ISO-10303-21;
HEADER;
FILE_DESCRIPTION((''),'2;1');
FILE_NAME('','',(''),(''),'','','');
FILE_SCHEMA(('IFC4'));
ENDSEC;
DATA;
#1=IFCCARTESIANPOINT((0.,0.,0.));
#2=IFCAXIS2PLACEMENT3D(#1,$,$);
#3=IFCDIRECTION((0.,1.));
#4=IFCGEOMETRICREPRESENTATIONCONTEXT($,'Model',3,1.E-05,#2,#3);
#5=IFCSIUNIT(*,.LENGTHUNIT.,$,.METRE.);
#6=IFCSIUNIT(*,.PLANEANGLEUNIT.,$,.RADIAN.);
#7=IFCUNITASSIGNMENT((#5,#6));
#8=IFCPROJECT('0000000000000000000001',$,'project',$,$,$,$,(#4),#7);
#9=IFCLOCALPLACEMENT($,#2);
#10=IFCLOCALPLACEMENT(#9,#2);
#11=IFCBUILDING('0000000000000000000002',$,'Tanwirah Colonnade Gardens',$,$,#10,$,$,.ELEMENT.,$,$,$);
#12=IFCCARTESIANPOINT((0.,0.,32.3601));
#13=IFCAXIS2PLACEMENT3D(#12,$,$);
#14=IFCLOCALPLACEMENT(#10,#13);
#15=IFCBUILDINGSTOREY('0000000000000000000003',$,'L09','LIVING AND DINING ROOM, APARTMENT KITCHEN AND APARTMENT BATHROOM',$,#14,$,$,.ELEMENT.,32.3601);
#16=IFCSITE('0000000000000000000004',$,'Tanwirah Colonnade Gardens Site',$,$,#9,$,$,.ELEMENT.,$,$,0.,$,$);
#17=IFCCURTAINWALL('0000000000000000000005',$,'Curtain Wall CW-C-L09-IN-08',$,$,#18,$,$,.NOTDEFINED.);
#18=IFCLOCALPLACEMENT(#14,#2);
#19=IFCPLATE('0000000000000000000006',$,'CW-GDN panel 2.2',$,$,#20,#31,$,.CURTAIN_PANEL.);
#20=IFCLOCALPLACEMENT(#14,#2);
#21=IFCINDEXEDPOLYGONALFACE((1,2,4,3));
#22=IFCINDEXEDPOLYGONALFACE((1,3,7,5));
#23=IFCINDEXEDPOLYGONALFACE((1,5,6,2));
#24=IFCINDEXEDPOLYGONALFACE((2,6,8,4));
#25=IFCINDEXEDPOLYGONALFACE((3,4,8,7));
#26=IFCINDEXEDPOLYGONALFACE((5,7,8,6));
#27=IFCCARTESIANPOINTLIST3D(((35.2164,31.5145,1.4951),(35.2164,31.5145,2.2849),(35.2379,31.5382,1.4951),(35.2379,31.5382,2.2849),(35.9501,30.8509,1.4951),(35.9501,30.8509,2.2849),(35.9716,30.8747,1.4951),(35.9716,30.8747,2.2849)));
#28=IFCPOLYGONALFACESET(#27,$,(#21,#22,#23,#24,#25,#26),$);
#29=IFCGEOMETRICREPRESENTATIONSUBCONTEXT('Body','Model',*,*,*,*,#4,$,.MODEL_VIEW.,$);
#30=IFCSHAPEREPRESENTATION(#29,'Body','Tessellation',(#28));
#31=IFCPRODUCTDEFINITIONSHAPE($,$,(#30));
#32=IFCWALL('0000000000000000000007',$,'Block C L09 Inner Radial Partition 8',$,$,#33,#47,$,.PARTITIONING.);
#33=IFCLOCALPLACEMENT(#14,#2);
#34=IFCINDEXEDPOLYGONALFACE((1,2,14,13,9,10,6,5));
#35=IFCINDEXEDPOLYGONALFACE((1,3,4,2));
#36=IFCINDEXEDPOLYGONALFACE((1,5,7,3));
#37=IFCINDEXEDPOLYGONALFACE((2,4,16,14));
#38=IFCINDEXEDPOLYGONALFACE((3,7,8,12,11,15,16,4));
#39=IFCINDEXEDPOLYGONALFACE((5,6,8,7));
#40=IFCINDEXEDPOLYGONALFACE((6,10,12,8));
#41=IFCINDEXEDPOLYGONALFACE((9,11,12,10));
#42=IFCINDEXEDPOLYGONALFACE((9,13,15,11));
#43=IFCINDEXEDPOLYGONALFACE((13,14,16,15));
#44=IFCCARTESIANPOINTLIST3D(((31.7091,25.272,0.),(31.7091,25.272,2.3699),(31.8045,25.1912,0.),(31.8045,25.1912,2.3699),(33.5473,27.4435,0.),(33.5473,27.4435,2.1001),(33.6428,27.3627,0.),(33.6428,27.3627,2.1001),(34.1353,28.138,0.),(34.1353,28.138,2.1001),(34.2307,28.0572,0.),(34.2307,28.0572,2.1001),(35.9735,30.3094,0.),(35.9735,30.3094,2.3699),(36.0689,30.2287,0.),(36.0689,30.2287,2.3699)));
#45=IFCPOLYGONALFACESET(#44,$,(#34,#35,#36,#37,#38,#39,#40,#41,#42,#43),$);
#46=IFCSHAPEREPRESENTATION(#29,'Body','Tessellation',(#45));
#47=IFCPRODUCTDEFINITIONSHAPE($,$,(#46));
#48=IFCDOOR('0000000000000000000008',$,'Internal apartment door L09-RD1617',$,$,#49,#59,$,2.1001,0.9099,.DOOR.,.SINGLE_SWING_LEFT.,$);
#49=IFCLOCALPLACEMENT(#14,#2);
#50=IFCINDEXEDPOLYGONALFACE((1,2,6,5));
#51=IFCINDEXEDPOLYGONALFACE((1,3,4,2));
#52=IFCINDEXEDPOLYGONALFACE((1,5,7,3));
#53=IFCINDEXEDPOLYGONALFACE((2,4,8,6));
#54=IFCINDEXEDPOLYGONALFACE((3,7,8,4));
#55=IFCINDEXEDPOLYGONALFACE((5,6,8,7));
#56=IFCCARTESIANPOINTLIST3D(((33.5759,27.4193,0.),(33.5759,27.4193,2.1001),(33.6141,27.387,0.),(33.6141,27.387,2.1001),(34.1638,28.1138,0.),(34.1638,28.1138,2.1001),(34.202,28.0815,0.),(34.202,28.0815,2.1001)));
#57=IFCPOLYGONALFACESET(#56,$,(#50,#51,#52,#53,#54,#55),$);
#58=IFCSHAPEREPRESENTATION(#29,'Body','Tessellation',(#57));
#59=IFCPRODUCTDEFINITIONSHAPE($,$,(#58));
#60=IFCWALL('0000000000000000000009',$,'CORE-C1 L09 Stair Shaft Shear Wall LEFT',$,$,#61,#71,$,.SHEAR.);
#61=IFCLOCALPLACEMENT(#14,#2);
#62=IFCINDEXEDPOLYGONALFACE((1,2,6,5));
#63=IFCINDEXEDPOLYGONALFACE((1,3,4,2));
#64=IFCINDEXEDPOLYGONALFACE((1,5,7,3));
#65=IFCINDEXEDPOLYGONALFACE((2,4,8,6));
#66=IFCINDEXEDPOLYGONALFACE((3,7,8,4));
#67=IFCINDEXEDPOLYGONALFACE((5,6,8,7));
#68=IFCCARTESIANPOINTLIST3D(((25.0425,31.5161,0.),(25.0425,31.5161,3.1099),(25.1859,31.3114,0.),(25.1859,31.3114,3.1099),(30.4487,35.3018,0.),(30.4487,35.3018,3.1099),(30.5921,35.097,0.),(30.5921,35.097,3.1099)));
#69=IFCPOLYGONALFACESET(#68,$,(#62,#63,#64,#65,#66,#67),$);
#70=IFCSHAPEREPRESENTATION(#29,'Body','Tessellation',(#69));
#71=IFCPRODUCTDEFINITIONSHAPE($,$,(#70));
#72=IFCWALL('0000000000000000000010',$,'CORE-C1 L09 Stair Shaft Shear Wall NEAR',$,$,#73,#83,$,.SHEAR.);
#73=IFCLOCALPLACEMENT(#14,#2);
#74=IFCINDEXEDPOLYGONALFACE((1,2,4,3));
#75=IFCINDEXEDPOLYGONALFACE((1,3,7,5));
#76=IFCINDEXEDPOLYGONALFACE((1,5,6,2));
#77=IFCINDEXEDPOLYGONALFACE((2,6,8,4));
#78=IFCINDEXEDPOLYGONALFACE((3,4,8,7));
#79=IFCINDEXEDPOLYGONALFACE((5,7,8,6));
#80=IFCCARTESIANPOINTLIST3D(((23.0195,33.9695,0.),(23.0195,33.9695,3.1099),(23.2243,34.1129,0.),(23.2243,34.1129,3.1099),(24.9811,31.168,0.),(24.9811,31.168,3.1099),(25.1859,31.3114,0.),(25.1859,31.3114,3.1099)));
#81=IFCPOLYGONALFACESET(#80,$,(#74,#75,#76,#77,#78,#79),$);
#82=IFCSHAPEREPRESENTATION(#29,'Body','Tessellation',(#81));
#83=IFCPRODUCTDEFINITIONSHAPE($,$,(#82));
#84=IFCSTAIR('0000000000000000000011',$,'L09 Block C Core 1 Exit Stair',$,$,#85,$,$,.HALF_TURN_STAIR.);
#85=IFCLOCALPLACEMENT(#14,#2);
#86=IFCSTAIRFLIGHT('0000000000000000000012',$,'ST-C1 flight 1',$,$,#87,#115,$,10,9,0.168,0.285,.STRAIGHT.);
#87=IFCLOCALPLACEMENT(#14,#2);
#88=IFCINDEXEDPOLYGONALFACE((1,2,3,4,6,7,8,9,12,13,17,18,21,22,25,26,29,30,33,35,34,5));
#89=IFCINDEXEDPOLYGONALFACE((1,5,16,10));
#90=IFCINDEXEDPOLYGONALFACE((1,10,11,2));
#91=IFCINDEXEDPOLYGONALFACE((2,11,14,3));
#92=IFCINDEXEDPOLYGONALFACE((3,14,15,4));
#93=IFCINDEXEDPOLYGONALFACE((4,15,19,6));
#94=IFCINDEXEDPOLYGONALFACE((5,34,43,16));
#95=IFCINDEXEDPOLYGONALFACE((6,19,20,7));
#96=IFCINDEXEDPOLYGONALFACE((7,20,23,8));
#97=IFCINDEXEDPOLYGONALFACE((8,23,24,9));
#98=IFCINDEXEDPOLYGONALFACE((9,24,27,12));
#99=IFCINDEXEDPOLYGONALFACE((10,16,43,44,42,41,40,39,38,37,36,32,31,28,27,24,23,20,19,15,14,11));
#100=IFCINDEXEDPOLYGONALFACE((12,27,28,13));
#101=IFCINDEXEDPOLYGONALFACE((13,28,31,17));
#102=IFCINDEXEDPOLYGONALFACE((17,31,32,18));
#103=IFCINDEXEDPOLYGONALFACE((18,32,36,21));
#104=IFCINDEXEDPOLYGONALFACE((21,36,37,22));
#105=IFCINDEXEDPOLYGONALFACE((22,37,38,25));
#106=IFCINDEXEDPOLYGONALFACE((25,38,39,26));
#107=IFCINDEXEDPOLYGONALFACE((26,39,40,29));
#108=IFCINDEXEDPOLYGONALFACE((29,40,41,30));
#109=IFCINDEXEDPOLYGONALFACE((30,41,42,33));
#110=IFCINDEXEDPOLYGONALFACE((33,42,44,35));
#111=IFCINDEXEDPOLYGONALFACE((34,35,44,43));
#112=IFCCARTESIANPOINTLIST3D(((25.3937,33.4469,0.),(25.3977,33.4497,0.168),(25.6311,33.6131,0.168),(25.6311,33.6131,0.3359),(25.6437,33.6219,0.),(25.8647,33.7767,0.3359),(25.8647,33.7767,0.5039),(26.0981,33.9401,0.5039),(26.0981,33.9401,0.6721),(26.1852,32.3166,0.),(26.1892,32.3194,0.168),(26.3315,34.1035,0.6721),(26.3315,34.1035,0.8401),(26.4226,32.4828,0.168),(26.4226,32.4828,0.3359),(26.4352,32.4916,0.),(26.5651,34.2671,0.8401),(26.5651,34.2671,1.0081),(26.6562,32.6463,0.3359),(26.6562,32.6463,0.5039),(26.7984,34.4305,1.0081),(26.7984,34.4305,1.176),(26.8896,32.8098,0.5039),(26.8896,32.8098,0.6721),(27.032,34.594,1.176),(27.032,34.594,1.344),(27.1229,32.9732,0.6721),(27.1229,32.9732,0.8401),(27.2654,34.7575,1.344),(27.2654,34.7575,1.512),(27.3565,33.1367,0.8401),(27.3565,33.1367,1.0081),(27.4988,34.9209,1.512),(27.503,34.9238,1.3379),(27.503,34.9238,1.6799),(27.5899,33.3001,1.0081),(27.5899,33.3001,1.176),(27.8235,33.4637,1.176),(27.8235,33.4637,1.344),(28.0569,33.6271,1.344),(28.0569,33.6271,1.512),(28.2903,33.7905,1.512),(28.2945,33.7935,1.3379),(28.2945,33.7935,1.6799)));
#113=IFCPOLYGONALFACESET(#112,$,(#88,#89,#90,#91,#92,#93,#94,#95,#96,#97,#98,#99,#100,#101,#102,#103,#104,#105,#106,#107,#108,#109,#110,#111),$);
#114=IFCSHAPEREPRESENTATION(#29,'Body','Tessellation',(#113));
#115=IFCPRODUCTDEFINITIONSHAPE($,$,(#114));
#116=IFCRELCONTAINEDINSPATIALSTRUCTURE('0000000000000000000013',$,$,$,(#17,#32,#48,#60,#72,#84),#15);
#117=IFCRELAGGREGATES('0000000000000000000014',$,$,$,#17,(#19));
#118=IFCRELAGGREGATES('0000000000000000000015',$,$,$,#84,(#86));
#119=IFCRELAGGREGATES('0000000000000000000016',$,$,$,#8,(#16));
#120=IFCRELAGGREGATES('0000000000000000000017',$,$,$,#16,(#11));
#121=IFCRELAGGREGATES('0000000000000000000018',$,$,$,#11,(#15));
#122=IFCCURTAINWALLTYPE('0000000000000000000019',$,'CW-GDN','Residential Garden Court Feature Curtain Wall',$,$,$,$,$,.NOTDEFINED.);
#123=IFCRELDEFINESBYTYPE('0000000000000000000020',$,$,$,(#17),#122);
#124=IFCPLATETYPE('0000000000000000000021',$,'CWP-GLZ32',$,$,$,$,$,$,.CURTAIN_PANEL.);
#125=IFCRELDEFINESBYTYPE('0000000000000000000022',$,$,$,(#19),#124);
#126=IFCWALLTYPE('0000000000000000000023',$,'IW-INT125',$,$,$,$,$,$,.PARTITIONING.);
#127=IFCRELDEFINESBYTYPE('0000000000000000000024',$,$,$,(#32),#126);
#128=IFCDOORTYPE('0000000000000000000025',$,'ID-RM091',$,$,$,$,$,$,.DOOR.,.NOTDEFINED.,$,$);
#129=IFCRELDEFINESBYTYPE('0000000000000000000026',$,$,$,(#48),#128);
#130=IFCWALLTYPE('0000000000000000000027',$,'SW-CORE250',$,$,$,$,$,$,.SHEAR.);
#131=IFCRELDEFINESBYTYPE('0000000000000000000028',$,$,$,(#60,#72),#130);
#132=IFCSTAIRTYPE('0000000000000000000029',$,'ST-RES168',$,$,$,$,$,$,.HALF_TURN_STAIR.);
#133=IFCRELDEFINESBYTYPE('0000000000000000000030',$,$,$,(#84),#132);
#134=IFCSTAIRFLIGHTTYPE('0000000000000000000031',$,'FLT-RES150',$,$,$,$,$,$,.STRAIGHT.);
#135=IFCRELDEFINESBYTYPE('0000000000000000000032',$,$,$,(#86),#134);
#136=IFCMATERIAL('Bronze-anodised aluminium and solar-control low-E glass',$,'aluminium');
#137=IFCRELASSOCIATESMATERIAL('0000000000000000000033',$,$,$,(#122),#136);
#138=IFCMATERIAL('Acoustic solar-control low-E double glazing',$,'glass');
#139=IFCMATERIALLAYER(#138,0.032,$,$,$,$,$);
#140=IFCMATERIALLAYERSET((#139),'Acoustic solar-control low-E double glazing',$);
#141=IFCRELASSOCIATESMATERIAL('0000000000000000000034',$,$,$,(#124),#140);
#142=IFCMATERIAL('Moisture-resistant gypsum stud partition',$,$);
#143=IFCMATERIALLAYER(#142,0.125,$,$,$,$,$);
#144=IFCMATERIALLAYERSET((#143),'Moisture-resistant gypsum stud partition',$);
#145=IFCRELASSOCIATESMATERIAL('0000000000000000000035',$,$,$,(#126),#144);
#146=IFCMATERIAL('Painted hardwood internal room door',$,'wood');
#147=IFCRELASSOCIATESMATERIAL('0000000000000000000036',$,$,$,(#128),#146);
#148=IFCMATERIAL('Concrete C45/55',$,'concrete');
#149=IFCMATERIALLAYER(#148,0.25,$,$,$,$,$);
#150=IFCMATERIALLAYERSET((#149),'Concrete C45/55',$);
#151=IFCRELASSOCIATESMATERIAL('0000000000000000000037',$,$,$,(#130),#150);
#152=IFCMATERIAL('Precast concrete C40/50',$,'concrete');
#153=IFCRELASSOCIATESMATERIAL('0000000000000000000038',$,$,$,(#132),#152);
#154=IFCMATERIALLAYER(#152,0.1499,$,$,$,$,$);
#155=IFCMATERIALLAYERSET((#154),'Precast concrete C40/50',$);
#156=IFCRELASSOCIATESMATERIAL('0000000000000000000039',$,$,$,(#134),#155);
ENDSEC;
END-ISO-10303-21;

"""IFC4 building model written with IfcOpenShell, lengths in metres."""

from ifc_helpers import new_model, si_unit, direction, frame, frame_2d, origin, origin_2d, place, context, subcontext, project, spatial, polyline, rectangle, outline, extrude, material, layer, layer_set, type_object, element, fill, aggregate, save


model = new_model("IFC4")

# Units and contexts
model_context = context("Model", 3, precision=1e-05, world=origin(), true_north=direction((0.0, 1.0)))
body_context = subcontext(model_context, "Body", "Model", "MODEL_VIEW")
ifc_project = project(units=[si_unit("LENGTHUNIT", "METRE"), si_unit("PLANEANGLEUNIT", "RADIAN")], contexts=[model_context])

# Site, building, storey
site_placement = place(None, origin())
site = spatial("IfcSite", under=ifc_project, at=site_placement, Name="Tanwirah Colonnade Gardens Site", CompositionType="ELEMENT", RefElevation=0.0)
building_placement = place(site_placement, origin())
building = spatial("IfcBuilding", under=site, at=building_placement, Name="Tanwirah Colonnade Gardens", CompositionType="ELEMENT")
storey_placement = place(building_placement, frame((0.0, 0.0, 32.3601)))
storey = spatial("IfcBuildingStorey", under=building, at=storey_placement, Name="L09", Description="LIVING AND DINING ROOM, APARTMENT KITCHEN AND APARTMENT BATHROOM", CompositionType="ELEMENT", Elevation=32.3601)

# Shared definitions
ifc_material_1 = material(Name="Precast concrete C40/50", Category="concrete")

# Curtain wall
ifc_material_2 = material(Name="Bronze-anodised aluminium and solar-control low-E glass", Category="aluminium")
curtain_wall_type = type_object("IfcCurtainWallType", Name="CW-GDN", Description="Residential Garden Court Feature Curtain Wall", PredefinedType="NOTDEFINED", material=ifc_material_2)
curtain_wall_placement = place(storey_placement, origin())
curtain_wall = element("IfcCurtainWall", 1, at=curtain_wall_placement, inside=storey, type_object=curtain_wall_type, Name="Curtain Wall CW-C-L09-IN-08", PredefinedType="NOTDEFINED")

# Plate
ifc_material_3 = material(Name="Acoustic solar-control low-E double glazing", Category="glass")
ifc_layer_1 = layer(ifc_material_3, 0.032)
ifc_layer_set_1 = layer_set([ifc_layer_1], Name="Acoustic solar-control low-E double glazing")
plate_type = type_object("IfcPlateType", Name="CWP-GLZ32", PredefinedType="CURTAIN_PANEL", material=ifc_layer_set_1)
plate_1_placement = place(storey_placement, frame((35.594, 31.1946, 1.4951), z_axis=(0.0, 0.0, 1.0), x_axis=(0.741683, -0.670751, 0.0)))
plate_1 = element("IfcPlate", 2, at=plate_1_placement, type_object=plate_type, Name="CW-GDN panel 2.2", PredefinedType="CURTAIN_PANEL", context=body_context, shape_type="SweptSolid", body=[
    extrude(rectangle(XDim=0.9893, YDim=0.032, at=origin_2d()), origin(), (0.0, 0.0, 1.0), 0.7898),
])
aggregate(curtain_wall, [plate_1])

# Wall, opening, door
ifc_material_4 = material(Name="Moisture-resistant gypsum stud partition")
ifc_layer_2 = layer(ifc_material_4, 0.125)
ifc_layer_set_2 = layer_set([ifc_layer_2], Name="Moisture-resistant gypsum stud partition")
wall_type_1 = type_object("IfcWallType", Name="IW-INT125", PredefinedType="PARTITIONING", material=ifc_layer_set_2)
wall_1_placement = place(storey_placement, frame((36.0212, 30.269, 0.0), z_axis=(0.0, 0.0, 1.0), x_axis=(-0.646121, -0.763235, 0.0)))
wall_1 = element("IfcWall", 3, at=wall_1_placement, inside=storey, type_object=wall_type_1, Name="Block C L09 Inner Radial Partition 8", PredefinedType="PARTITIONING", context=body_context, shape_type="SweptSolid", body=[
    extrude(rectangle(XDim=6.6001, YDim=0.125, at=frame_2d((3.3, 0.0))), origin(), (0.0, 0.0, 1.0), 2.3699),
])
opening_1_placement = place(wall_1_placement, frame((2.845, 0.0, 0.0)))
opening_1 = element("IfcOpeningElement", 4, at=opening_1_placement, cuts=wall_1, PredefinedType="OPENING", context=body_context, shape_type="SweptSolid", body=[
    extrude(rectangle(XDim=0.9099, YDim=2.1001, at=frame_2d((0.4551, 1.05))), frame((0.0, 0.0725, 0.0), z_axis=(0.0, -1.0, 0.0), x_axis=(1.0, 0.0, 0.0)), (0.0, 0.0, 1.0), 0.145),
])
ifc_material_5 = material(Name="Painted hardwood internal room door", Category="wood")
door_type_1 = type_object("IfcDoorType", Name="ID-RM091", OperationType="NOTDEFINED", PredefinedType="DOOR", material=ifc_material_5)
door_1_placement = place(opening_1_placement, origin())
door_1 = element("IfcDoor", 5, at=door_1_placement, inside=storey, type_object=door_type_1, Name="Internal apartment door L09-RD1617", OperationType="SINGLE_SWING_LEFT", OverallHeight=2.1001, OverallWidth=0.9099, PredefinedType="DOOR", context=body_context, shape_type="SweptSolid", body=[
    extrude(rectangle(XDim=0.9099, YDim=2.1001, at=frame_2d((0.4551, 1.05))), frame((0.0, 0.0249, 0.0), z_axis=(0.0, -1.0, 0.0), x_axis=(1.0, 0.0, 0.0)), (0.0, 0.0, 1.0), 0.05),
])
fill(opening_1, door_1)

# Walls
ifc_material_6 = material(Name="Concrete C45/55", Category="concrete")
ifc_layer_3 = layer(ifc_material_6, 0.25)
ifc_layer_set_3 = layer_set([ifc_layer_3], Name="Concrete C45/55")
wall_type_2 = type_object("IfcWallType", Name="SW-CORE250", PredefinedType="SHEAR", material=ifc_layer_set_3)
wall_2_placement = place(storey_placement, frame((25.1143, 31.4138, 0.0), z_axis=(0.0, 0.0, 1.0), x_axis=(0.819142, 0.573591, 0.0)))
element("IfcWall", 6, at=wall_2_placement, inside=storey, type_object=wall_type_2, Name="CORE-C1 L09 Stair Shaft Shear Wall LEFT", PredefinedType="SHEAR", context=body_context, shape_type="SweptSolid", body=[
    extrude(rectangle(XDim=6.5999, YDim=0.25, at=frame_2d((3.2998, 0.0))), origin(), (0.0, 0.0, 1.0), 3.1099),
])
wall_3_placement = place(storey_placement, frame((25.0835, 31.2397, 0.0), z_axis=(0.0, 0.0, 1.0), x_axis=(-0.573582, 0.819148, 0.0)))
element("IfcWall", 7, at=wall_3_placement, inside=storey, type_object=wall_type_2, Name="CORE-C1 L09 Stair Shaft Shear Wall NEAR", PredefinedType="SHEAR", context=body_context, shape_type="SweptSolid", body=[
    extrude(rectangle(XDim=3.4199, YDim=0.25, at=frame_2d((1.71, 0.0))), origin(), (0.0, 0.0, 1.0), 3.1099),
])

# Stair, stair flight
stair_type = type_object("IfcStairType", Name="ST-RES168", PredefinedType="HALF_TURN_STAIR", material=ifc_material_1)
stair_placement = place(storey_placement, origin())
stair = element("IfcStair", 8, at=stair_placement, inside=storey, type_object=stair_type, Name="L09 Block C Core 1 Exit Stair", PredefinedType="HALF_TURN_STAIR")
ifc_layer_4 = layer(ifc_material_1, 0.1499)
ifc_layer_set_4 = layer_set([ifc_layer_4], Name="Precast concrete C40/50")
stair_flight_type = type_object("IfcStairFlightType", Name="FLT-RES150", PredefinedType="STRAIGHT", material=ifc_layer_set_4)
stair_flight_placement = place(storey_placement, frame((25.7935, 32.8845, 0.0), z_axis=(0.0, 0.0, 1.0), x_axis=(0.819152, 0.573576, 0.0)))
stair_flight = element("IfcStairFlight", 9, at=stair_flight_placement, type_object=stair_flight_type, Name="ST-C1 flight 1", NumberOfRisers=10, NumberOfTreads=9, PredefinedType="STRAIGHT", RiserHeight=0.168, TreadLength=0.285, context=body_context, shape_type="SweptSolid", body=[
    extrude(outline(polyline([(-0.0049, 0.0), (0.0, 0.168), (0.2849, 0.168), (0.2849, 0.3359), (0.5701, 0.3359), (0.5701, 0.5039), (0.855, 0.5039), (0.855, 0.6721), (1.1399, 0.6721), (1.1399, 0.8401), (1.425, 0.8401), (1.425, 1.0081), (1.71, 1.0081), (1.71, 1.176), (1.9951, 1.176), (1.9951, 1.344), (2.28, 1.344), (2.28, 1.512), (2.5649, 1.512), (2.5701, 1.6799), (2.5701, 1.3379), (0.3003, 0.0), (-0.0049, 0.0)])), frame((0.0, 0.6899, 0.0), z_axis=(0.0, -1.0, 0.0), x_axis=(1.0, 0.0, 0.0)), (0.0, 0.0, 1.0), 1.3799),
])
aggregate(stair, [stair_flight])

save(model, "model.ifc")
